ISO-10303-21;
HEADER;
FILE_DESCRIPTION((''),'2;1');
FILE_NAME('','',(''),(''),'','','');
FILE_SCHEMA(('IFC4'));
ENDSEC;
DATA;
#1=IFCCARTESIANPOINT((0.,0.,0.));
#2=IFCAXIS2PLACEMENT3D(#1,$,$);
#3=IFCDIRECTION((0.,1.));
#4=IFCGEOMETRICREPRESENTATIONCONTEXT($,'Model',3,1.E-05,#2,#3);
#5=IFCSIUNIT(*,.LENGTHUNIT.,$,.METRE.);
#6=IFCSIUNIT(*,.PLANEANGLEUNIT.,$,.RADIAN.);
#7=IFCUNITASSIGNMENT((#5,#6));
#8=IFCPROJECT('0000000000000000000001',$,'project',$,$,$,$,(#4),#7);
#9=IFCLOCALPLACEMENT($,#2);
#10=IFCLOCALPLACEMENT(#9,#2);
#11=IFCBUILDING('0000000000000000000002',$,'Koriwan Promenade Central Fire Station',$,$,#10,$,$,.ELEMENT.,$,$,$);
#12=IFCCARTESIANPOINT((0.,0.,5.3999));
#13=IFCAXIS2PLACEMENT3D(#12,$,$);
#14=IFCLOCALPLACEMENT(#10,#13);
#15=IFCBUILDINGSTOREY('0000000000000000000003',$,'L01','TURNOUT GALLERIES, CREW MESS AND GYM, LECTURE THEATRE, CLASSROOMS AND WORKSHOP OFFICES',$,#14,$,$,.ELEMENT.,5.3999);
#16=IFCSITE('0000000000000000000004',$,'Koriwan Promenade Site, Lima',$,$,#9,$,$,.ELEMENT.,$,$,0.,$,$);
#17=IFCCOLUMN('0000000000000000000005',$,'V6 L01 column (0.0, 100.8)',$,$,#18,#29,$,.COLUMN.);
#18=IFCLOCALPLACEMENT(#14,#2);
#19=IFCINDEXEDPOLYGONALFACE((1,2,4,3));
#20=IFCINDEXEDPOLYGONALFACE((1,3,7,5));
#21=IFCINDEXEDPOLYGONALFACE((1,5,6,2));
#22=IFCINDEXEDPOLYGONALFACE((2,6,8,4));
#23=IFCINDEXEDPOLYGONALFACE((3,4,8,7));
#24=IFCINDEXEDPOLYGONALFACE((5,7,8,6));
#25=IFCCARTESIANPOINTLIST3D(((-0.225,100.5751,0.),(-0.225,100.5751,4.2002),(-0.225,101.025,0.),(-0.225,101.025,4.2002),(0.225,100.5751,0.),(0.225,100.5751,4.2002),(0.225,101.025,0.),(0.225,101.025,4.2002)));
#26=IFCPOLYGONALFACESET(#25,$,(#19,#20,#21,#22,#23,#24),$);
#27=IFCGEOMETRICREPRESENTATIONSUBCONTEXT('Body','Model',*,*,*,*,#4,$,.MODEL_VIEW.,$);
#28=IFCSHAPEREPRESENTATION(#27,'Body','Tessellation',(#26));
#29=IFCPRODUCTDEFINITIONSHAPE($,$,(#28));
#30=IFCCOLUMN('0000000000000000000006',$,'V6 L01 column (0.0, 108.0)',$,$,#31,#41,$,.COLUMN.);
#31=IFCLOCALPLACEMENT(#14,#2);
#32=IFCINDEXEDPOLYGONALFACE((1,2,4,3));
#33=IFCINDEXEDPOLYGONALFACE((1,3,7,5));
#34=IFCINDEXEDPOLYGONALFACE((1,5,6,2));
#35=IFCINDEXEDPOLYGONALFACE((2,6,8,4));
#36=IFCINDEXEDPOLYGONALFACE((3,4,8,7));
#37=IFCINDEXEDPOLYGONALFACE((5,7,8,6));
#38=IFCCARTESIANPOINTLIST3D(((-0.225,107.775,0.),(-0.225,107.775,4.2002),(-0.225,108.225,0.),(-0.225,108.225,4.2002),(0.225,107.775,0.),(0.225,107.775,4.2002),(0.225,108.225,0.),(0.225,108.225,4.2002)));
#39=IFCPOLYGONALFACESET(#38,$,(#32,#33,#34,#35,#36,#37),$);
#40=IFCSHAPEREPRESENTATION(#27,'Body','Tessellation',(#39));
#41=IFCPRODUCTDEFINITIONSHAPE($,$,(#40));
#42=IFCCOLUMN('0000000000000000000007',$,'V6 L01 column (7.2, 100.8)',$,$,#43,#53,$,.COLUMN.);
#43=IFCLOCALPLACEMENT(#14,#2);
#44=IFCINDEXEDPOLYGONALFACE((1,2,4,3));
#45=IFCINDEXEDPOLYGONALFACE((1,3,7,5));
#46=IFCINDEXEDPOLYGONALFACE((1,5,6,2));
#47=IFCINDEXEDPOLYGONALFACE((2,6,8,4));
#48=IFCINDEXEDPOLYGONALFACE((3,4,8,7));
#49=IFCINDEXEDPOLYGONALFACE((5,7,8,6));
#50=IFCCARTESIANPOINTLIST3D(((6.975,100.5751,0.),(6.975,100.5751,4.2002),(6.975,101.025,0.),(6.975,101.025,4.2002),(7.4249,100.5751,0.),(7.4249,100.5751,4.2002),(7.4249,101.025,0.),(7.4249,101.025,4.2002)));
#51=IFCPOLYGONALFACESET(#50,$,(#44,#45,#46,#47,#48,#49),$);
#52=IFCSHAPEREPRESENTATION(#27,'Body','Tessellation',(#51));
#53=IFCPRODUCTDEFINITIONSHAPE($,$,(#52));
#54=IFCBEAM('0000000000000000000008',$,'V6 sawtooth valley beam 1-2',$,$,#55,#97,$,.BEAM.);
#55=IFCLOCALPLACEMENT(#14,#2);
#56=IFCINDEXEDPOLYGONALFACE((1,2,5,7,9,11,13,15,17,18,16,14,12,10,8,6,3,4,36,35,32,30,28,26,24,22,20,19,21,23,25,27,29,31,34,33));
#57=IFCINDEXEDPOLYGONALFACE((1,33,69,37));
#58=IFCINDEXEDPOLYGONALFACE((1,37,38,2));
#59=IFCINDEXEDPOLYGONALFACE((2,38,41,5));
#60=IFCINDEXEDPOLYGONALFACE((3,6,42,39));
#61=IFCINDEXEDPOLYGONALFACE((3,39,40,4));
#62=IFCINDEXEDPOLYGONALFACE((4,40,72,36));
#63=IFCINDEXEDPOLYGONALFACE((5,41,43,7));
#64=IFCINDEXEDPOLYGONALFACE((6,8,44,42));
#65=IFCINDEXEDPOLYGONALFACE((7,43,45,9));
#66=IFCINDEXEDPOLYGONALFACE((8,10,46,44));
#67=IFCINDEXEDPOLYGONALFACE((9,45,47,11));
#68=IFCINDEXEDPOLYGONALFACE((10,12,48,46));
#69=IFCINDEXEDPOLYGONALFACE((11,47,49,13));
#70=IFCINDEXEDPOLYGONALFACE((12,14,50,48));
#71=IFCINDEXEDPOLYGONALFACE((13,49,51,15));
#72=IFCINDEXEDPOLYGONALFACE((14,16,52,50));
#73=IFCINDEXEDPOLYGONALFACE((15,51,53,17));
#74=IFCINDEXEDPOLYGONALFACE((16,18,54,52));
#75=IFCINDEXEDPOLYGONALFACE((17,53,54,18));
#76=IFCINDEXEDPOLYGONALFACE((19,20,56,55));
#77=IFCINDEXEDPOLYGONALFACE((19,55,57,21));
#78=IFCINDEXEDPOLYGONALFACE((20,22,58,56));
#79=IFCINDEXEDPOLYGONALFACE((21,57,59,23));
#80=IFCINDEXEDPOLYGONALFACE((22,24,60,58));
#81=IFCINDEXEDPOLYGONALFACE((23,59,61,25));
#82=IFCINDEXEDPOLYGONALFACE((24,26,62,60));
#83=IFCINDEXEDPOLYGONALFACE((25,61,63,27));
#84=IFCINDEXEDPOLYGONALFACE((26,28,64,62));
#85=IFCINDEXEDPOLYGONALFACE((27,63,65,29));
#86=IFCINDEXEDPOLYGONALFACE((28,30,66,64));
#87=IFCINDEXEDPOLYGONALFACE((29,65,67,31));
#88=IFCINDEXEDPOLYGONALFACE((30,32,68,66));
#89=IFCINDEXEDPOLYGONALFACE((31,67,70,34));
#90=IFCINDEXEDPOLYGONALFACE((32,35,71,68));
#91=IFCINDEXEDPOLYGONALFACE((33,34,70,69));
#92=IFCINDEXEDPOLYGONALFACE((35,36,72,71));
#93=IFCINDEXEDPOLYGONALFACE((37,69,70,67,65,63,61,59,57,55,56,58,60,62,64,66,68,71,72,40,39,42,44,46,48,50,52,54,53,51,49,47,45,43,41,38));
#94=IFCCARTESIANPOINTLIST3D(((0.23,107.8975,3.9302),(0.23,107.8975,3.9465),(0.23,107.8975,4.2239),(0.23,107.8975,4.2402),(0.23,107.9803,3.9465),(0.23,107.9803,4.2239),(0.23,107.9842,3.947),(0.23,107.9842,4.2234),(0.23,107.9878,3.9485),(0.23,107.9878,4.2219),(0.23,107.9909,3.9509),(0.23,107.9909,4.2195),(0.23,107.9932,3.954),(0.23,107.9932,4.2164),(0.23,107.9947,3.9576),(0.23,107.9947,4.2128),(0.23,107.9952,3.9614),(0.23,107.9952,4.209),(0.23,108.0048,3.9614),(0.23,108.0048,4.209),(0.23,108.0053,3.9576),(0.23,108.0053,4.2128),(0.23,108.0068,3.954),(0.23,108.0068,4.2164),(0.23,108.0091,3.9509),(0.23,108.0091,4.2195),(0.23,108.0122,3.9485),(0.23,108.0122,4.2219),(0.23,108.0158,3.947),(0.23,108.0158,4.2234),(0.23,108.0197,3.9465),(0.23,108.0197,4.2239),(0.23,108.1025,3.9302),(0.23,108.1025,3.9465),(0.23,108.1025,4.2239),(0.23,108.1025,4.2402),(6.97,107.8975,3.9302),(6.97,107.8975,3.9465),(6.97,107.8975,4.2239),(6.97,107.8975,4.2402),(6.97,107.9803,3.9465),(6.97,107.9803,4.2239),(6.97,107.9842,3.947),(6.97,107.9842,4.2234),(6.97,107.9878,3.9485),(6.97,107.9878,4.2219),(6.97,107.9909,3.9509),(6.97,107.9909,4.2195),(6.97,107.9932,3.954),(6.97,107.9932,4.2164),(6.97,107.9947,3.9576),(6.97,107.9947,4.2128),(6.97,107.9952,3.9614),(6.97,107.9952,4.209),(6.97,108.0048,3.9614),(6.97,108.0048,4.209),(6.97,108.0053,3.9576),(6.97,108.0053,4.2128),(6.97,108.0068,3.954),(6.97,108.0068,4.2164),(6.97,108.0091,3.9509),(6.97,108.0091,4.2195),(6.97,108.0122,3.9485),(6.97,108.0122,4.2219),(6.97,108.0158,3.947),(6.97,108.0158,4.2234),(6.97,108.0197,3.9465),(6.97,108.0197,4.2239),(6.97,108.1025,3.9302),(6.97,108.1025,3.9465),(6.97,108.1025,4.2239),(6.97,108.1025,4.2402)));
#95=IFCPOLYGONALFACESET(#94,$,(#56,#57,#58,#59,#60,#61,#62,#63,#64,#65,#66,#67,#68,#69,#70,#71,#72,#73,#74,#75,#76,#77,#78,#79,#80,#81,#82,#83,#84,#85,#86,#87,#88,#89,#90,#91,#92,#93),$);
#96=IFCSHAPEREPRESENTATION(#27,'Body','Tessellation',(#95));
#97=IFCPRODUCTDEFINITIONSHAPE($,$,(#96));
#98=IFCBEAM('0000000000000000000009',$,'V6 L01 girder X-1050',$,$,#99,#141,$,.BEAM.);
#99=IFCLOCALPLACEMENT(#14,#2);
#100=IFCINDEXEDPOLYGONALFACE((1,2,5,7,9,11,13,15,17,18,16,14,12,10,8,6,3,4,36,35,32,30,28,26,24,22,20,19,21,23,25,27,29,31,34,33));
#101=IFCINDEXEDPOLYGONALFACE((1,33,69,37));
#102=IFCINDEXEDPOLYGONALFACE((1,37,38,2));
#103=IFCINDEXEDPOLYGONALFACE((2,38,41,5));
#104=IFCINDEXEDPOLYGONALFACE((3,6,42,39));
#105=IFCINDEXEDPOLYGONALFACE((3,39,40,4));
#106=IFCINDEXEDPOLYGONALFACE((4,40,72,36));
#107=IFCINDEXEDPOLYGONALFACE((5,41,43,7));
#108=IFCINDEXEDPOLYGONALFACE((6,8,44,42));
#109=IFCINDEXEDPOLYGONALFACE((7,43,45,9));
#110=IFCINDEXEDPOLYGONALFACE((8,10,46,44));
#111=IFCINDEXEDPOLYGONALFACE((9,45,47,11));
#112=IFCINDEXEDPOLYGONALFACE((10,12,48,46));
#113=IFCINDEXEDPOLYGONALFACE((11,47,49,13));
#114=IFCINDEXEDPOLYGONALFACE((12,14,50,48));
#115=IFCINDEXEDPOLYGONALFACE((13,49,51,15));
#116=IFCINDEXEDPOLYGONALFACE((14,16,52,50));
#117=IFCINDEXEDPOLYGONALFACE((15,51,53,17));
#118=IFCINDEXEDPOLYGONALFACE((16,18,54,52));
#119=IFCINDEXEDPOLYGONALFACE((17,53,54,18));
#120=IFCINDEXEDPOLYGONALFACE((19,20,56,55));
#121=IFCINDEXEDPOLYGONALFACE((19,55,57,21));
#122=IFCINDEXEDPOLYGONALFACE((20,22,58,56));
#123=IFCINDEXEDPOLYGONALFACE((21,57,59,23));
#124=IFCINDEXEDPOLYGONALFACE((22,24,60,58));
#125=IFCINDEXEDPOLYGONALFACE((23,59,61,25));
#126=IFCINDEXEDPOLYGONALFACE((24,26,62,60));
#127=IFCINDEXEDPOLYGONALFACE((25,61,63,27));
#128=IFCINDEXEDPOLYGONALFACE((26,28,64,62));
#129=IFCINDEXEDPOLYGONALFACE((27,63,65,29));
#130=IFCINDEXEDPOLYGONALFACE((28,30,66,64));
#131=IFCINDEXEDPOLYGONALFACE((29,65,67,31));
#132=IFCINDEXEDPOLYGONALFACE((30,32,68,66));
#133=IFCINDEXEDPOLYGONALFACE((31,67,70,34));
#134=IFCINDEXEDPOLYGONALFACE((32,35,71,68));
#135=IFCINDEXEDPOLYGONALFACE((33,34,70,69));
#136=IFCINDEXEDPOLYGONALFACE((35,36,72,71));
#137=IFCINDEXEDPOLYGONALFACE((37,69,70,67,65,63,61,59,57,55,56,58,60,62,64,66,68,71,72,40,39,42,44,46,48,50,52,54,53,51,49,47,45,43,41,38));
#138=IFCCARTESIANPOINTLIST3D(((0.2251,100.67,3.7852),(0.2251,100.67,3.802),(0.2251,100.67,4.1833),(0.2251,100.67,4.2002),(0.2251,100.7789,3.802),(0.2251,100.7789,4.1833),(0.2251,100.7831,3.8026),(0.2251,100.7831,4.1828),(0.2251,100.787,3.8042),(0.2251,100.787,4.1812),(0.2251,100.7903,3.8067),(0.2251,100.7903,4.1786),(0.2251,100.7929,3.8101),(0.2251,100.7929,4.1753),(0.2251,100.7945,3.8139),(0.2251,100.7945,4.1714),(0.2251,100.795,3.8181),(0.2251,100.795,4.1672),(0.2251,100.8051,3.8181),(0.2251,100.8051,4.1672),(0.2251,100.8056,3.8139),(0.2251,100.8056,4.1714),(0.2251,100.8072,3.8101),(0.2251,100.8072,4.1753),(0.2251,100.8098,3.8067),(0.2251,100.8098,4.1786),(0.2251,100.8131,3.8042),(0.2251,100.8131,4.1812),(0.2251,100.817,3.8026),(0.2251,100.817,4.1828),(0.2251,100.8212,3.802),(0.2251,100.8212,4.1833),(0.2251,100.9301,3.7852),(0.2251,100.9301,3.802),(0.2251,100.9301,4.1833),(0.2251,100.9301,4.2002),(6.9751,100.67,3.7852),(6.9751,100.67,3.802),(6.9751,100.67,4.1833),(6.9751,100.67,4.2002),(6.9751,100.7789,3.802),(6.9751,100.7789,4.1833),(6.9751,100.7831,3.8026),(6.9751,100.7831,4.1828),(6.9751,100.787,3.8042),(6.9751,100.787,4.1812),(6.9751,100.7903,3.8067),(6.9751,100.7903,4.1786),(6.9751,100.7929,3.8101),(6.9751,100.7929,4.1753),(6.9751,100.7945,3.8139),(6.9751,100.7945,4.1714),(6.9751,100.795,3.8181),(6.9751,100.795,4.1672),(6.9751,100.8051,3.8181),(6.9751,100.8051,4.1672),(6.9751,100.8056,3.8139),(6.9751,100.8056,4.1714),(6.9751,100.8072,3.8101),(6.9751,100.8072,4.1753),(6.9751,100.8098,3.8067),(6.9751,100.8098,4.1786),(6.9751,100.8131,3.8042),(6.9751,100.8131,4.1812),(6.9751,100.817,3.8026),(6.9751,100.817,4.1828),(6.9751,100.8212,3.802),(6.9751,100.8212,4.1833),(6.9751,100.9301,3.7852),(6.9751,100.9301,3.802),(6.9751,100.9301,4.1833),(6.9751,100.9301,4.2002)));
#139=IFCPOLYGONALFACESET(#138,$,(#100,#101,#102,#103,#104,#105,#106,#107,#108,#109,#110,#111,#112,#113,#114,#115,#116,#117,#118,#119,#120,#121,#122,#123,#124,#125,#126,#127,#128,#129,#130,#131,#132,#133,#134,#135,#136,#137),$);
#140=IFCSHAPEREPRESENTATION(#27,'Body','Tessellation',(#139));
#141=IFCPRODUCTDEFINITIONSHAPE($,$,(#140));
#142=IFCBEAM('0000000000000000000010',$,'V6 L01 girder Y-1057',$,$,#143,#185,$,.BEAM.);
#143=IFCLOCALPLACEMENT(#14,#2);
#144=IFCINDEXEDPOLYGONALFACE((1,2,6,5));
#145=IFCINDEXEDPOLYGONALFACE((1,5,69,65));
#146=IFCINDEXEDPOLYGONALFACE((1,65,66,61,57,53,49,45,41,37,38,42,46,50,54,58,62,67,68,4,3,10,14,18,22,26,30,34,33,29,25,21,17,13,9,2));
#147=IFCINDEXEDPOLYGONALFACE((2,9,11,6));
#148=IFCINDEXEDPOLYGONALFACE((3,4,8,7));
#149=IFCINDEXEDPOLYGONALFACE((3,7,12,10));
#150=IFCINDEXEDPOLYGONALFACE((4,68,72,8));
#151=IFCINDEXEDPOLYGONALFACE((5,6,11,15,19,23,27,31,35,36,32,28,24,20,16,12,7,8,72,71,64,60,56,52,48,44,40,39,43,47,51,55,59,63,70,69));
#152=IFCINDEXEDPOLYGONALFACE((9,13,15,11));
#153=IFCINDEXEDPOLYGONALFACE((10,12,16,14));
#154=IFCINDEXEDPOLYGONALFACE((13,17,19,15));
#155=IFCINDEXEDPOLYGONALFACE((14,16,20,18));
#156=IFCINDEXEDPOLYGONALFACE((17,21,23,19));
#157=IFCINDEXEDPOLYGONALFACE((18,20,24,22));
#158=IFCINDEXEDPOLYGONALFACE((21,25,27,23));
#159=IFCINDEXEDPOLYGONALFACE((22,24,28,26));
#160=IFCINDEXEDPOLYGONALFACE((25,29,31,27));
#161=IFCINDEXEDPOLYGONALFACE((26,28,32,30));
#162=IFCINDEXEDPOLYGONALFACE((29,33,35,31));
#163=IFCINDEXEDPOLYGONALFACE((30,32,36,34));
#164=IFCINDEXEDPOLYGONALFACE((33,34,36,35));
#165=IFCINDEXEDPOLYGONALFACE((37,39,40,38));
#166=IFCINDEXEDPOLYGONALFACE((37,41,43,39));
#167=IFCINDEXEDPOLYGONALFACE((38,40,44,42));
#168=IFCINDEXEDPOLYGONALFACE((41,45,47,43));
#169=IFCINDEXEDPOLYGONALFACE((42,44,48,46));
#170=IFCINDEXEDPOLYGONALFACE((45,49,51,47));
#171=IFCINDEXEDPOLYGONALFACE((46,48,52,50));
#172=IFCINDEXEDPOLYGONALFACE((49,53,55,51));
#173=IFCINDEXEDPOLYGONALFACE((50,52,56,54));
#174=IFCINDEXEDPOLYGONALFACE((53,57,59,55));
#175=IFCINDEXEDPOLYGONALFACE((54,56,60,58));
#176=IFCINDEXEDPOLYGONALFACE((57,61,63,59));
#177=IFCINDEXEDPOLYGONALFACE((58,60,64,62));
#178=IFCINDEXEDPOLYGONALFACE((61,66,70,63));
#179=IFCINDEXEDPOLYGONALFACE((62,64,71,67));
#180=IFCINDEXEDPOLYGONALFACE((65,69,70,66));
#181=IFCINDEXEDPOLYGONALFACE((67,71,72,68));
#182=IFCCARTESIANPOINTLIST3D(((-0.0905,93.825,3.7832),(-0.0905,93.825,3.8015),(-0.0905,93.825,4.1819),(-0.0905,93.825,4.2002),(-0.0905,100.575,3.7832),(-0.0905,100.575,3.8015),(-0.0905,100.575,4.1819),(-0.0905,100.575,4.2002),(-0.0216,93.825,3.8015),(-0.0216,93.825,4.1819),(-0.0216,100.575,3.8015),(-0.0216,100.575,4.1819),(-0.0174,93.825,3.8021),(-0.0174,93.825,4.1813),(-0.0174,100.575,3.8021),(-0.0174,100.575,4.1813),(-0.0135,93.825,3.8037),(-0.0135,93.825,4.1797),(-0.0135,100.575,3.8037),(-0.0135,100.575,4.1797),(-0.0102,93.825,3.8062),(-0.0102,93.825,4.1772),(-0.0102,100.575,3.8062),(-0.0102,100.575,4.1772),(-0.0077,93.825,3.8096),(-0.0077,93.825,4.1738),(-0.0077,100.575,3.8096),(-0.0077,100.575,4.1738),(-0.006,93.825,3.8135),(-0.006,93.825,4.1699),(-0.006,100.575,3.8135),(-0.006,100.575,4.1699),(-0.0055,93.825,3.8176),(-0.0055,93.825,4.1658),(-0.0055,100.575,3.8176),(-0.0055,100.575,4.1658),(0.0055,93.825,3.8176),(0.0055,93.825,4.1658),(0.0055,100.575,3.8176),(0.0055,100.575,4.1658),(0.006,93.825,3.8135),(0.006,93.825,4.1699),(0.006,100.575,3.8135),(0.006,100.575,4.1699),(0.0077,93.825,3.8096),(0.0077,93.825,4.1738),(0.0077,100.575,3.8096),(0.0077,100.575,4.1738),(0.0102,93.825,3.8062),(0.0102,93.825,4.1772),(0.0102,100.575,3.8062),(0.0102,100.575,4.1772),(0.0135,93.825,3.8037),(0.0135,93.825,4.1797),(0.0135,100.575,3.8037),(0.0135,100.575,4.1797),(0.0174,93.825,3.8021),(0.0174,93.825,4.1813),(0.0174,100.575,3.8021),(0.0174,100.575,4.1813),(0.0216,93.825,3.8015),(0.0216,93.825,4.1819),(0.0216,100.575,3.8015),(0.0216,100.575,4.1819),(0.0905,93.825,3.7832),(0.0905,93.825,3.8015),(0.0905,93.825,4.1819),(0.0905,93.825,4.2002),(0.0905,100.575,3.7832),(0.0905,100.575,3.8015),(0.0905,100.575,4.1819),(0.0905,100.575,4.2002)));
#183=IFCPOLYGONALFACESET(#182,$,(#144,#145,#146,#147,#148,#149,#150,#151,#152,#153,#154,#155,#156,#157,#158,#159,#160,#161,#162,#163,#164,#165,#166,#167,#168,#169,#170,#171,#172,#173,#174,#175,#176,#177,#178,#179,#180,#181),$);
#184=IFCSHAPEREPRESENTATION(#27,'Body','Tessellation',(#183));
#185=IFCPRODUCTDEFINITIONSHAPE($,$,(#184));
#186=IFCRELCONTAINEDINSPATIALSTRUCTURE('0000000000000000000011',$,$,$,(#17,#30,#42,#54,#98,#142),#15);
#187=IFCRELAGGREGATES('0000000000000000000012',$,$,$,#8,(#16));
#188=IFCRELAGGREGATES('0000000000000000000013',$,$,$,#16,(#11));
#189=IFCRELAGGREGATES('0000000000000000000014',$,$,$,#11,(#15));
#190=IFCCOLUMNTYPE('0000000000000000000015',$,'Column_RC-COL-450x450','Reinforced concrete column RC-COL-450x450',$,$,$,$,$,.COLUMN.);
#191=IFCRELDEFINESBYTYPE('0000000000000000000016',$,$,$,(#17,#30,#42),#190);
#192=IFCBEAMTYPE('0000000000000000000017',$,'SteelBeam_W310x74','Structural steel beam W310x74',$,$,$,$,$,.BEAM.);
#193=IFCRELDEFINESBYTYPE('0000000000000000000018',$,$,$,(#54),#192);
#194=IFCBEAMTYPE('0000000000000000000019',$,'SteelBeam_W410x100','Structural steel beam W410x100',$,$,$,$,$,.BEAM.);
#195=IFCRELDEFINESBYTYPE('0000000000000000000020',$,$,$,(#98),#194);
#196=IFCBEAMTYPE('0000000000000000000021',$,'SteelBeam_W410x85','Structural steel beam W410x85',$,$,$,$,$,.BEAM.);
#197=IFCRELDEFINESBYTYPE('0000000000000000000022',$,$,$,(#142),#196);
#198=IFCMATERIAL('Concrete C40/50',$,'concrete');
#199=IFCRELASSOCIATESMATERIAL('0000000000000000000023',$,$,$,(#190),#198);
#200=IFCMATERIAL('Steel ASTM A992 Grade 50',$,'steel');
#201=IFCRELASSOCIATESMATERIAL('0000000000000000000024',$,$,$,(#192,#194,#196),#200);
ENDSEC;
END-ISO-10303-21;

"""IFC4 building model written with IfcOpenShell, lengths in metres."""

from ifc_helpers import new_model, si_unit, direction, frame, origin, origin_2d, place, context, subcontext, project, spatial, rectangle, i_section, extrude, material, material_profile, profile_set, type_object, element, save


model = new_model("IFC4")

# Units and contexts
model_context = context("Model", 3, precision=1e-05, world=origin(), true_north=direction((0.0, 1.0)))
body_context = subcontext(model_context, "Body", "Model", "MODEL_VIEW")
ifc_project = project(units=[si_unit("LENGTHUNIT", "METRE"), si_unit("PLANEANGLEUNIT", "RADIAN")], contexts=[model_context])

# Site, building, storey
site_placement = place(None, origin())
site = spatial("IfcSite", under=ifc_project, at=site_placement, Name="Koriwan Promenade Site, Lima", CompositionType="ELEMENT", RefElevation=0.0)
building_placement = place(site_placement, origin())
building = spatial("IfcBuilding", under=site, at=building_placement, Name="Koriwan Promenade Central Fire Station", CompositionType="ELEMENT")
storey_placement = place(building_placement, frame((0.0, 0.0, 5.3999)))
storey = spatial("IfcBuildingStorey", under=building, at=storey_placement, Name="L01", Description="TURNOUT GALLERIES, CREW MESS AND GYM, LECTURE THEATRE, CLASSROOMS AND WORKSHOP OFFICES", CompositionType="ELEMENT", Elevation=5.3999)

# Columns
ifc_material_1 = material(Name="Concrete C40/50", Category="concrete")
ifc_material_profile_1 = material_profile(ifc_material_1, rectangle(XDim=0.45, YDim=0.45, at=origin_2d()), Name="RC-COL-450x450")
ifc_profile_set_1 = profile_set([ifc_material_profile_1], Name="Concrete C40/50")
column_type = type_object("IfcColumnType", Name="Column_RC-COL-450x450", Description="Reinforced concrete column RC-COL-450x450", PredefinedType="COLUMN", material=ifc_profile_set_1)
for number, where, z_axis, x_axis, name in (
    (1, (0.0, 100.8, 0.0), (0.0, 0.0, 1.0), (1.0, 0.0, 0.0), "V6 L01 column (0.0, 100.8)"),
    (2, (0.0, 108.0, 0.0), (0.0, 0.0, 1.0), (1.0, 0.0, 0.0), "V6 L01 column (0.0, 108.0)"),
    (3, (7.2, 100.8, 0.0), (0.0, 0.0, 1.0), (1.0, 0.0, 0.0), "V6 L01 column (7.2, 100.8)"),
):
    element("IfcColumn", number, at=place(storey_placement, frame(where, z_axis=z_axis, x_axis=x_axis)), inside=storey, type_object=column_type, Name=name, PredefinedType="COLUMN", context=body_context, shape_type="SweptSolid", body=[
        extrude(rectangle(XDim=0.45, YDim=0.45, at=origin_2d()), origin(), (0.0, 0.0, 1.0), 4.2002),
    ])

# Beams
ifc_material_2 = material(Name="Steel ASTM A992 Grade 50", Category="steel")
ifc_material_profile_2 = material_profile(ifc_material_2, i_section(OverallWidth=0.2051, OverallDepth=0.3101, WebThickness=0.0095, FlangeThickness=0.0164, FilletRadius=0.0149, at=origin_2d()), Name="W310x74")
ifc_profile_set_2 = profile_set([ifc_material_profile_2], Name="Steel ASTM A992 Grade 50")
beam_type_1 = type_object("IfcBeamType", Name="SteelBeam_W310x74", Description="Structural steel beam W310x74", PredefinedType="BEAM", material=ifc_profile_set_2)
beam_1_placement = place(storey_placement, frame((0.23, 108.0, 4.0852), z_axis=(1.0, 0.0, 0.0), x_axis=(0.0, 1.0, 0.0)))
element("IfcBeam", 4, at=beam_1_placement, inside=storey, type_object=beam_type_1, Name="V6 sawtooth valley beam 1-2", PredefinedType="BEAM", context=body_context, shape_type="SweptSolid", body=[
    extrude(i_section(OverallWidth=0.2051, OverallDepth=0.3101, WebThickness=0.0095, FlangeThickness=0.0164, FilletRadius=0.0149, at=origin_2d()), origin(), (0.0, 0.0, 1.0), 6.74),
])
ifc_material_profile_3 = material_profile(ifc_material_2, i_section(OverallWidth=0.26, OverallDepth=0.415, WebThickness=0.01, FlangeThickness=0.0168, FilletRadius=0.0161, at=origin_2d()), Name="W410x100")
ifc_profile_set_3 = profile_set([ifc_material_profile_3], Name="Steel ASTM A992 Grade 50")
beam_type_2 = type_object("IfcBeamType", Name="SteelBeam_W410x100", Description="Structural steel beam W410x100", PredefinedType="BEAM", material=ifc_profile_set_3)
beam_2_placement = place(storey_placement, frame((0.2251, 100.8, 3.9927), z_axis=(1.0, 0.0, 0.0), x_axis=(0.0, 1.0, 0.0)))
element("IfcBeam", 5, at=beam_2_placement, inside=storey, type_object=beam_type_2, Name="V6 L01 girder X-1050", PredefinedType="BEAM", context=body_context, shape_type="SweptSolid", body=[
    extrude(i_section(OverallWidth=0.26, OverallDepth=0.415, WebThickness=0.01, FlangeThickness=0.0168, FilletRadius=0.0161, at=origin_2d()), origin(), (0.0, 0.0, 1.0), 6.75),
])
ifc_material_profile_4 = material_profile(ifc_material_2, i_section(OverallWidth=0.1809, OverallDepth=0.417, WebThickness=0.011, FlangeThickness=0.0183, FilletRadius=0.0161, at=origin_2d()), Name="W410x85")
ifc_profile_set_4 = profile_set([ifc_material_profile_4], Name="Steel ASTM A992 Grade 50")
beam_type_3 = type_object("IfcBeamType", Name="SteelBeam_W410x85", Description="Structural steel beam W410x85", PredefinedType="BEAM", material=ifc_profile_set_4)
for number, where, z_axis, x_axis, name in (
    (6, (0.0, 93.825, 3.9917), (0.0, 1.0, 0.0), (-1.0, 0.0, 0.0), "V6 L01 girder Y-1057"),
):
    element("IfcBeam", number, at=place(storey_placement, frame(where, z_axis=z_axis, x_axis=x_axis)), inside=storey, type_object=beam_type_3, Name=name, PredefinedType="BEAM", context=body_context, shape_type="SweptSolid", body=[
        extrude(i_section(OverallWidth=0.1809, OverallDepth=0.417, WebThickness=0.011, FlangeThickness=0.0183, FilletRadius=0.0161, at=origin_2d()), origin(), (0.0, 0.0, 1.0), 6.75),
    ])

save(model, "model.ifc")
